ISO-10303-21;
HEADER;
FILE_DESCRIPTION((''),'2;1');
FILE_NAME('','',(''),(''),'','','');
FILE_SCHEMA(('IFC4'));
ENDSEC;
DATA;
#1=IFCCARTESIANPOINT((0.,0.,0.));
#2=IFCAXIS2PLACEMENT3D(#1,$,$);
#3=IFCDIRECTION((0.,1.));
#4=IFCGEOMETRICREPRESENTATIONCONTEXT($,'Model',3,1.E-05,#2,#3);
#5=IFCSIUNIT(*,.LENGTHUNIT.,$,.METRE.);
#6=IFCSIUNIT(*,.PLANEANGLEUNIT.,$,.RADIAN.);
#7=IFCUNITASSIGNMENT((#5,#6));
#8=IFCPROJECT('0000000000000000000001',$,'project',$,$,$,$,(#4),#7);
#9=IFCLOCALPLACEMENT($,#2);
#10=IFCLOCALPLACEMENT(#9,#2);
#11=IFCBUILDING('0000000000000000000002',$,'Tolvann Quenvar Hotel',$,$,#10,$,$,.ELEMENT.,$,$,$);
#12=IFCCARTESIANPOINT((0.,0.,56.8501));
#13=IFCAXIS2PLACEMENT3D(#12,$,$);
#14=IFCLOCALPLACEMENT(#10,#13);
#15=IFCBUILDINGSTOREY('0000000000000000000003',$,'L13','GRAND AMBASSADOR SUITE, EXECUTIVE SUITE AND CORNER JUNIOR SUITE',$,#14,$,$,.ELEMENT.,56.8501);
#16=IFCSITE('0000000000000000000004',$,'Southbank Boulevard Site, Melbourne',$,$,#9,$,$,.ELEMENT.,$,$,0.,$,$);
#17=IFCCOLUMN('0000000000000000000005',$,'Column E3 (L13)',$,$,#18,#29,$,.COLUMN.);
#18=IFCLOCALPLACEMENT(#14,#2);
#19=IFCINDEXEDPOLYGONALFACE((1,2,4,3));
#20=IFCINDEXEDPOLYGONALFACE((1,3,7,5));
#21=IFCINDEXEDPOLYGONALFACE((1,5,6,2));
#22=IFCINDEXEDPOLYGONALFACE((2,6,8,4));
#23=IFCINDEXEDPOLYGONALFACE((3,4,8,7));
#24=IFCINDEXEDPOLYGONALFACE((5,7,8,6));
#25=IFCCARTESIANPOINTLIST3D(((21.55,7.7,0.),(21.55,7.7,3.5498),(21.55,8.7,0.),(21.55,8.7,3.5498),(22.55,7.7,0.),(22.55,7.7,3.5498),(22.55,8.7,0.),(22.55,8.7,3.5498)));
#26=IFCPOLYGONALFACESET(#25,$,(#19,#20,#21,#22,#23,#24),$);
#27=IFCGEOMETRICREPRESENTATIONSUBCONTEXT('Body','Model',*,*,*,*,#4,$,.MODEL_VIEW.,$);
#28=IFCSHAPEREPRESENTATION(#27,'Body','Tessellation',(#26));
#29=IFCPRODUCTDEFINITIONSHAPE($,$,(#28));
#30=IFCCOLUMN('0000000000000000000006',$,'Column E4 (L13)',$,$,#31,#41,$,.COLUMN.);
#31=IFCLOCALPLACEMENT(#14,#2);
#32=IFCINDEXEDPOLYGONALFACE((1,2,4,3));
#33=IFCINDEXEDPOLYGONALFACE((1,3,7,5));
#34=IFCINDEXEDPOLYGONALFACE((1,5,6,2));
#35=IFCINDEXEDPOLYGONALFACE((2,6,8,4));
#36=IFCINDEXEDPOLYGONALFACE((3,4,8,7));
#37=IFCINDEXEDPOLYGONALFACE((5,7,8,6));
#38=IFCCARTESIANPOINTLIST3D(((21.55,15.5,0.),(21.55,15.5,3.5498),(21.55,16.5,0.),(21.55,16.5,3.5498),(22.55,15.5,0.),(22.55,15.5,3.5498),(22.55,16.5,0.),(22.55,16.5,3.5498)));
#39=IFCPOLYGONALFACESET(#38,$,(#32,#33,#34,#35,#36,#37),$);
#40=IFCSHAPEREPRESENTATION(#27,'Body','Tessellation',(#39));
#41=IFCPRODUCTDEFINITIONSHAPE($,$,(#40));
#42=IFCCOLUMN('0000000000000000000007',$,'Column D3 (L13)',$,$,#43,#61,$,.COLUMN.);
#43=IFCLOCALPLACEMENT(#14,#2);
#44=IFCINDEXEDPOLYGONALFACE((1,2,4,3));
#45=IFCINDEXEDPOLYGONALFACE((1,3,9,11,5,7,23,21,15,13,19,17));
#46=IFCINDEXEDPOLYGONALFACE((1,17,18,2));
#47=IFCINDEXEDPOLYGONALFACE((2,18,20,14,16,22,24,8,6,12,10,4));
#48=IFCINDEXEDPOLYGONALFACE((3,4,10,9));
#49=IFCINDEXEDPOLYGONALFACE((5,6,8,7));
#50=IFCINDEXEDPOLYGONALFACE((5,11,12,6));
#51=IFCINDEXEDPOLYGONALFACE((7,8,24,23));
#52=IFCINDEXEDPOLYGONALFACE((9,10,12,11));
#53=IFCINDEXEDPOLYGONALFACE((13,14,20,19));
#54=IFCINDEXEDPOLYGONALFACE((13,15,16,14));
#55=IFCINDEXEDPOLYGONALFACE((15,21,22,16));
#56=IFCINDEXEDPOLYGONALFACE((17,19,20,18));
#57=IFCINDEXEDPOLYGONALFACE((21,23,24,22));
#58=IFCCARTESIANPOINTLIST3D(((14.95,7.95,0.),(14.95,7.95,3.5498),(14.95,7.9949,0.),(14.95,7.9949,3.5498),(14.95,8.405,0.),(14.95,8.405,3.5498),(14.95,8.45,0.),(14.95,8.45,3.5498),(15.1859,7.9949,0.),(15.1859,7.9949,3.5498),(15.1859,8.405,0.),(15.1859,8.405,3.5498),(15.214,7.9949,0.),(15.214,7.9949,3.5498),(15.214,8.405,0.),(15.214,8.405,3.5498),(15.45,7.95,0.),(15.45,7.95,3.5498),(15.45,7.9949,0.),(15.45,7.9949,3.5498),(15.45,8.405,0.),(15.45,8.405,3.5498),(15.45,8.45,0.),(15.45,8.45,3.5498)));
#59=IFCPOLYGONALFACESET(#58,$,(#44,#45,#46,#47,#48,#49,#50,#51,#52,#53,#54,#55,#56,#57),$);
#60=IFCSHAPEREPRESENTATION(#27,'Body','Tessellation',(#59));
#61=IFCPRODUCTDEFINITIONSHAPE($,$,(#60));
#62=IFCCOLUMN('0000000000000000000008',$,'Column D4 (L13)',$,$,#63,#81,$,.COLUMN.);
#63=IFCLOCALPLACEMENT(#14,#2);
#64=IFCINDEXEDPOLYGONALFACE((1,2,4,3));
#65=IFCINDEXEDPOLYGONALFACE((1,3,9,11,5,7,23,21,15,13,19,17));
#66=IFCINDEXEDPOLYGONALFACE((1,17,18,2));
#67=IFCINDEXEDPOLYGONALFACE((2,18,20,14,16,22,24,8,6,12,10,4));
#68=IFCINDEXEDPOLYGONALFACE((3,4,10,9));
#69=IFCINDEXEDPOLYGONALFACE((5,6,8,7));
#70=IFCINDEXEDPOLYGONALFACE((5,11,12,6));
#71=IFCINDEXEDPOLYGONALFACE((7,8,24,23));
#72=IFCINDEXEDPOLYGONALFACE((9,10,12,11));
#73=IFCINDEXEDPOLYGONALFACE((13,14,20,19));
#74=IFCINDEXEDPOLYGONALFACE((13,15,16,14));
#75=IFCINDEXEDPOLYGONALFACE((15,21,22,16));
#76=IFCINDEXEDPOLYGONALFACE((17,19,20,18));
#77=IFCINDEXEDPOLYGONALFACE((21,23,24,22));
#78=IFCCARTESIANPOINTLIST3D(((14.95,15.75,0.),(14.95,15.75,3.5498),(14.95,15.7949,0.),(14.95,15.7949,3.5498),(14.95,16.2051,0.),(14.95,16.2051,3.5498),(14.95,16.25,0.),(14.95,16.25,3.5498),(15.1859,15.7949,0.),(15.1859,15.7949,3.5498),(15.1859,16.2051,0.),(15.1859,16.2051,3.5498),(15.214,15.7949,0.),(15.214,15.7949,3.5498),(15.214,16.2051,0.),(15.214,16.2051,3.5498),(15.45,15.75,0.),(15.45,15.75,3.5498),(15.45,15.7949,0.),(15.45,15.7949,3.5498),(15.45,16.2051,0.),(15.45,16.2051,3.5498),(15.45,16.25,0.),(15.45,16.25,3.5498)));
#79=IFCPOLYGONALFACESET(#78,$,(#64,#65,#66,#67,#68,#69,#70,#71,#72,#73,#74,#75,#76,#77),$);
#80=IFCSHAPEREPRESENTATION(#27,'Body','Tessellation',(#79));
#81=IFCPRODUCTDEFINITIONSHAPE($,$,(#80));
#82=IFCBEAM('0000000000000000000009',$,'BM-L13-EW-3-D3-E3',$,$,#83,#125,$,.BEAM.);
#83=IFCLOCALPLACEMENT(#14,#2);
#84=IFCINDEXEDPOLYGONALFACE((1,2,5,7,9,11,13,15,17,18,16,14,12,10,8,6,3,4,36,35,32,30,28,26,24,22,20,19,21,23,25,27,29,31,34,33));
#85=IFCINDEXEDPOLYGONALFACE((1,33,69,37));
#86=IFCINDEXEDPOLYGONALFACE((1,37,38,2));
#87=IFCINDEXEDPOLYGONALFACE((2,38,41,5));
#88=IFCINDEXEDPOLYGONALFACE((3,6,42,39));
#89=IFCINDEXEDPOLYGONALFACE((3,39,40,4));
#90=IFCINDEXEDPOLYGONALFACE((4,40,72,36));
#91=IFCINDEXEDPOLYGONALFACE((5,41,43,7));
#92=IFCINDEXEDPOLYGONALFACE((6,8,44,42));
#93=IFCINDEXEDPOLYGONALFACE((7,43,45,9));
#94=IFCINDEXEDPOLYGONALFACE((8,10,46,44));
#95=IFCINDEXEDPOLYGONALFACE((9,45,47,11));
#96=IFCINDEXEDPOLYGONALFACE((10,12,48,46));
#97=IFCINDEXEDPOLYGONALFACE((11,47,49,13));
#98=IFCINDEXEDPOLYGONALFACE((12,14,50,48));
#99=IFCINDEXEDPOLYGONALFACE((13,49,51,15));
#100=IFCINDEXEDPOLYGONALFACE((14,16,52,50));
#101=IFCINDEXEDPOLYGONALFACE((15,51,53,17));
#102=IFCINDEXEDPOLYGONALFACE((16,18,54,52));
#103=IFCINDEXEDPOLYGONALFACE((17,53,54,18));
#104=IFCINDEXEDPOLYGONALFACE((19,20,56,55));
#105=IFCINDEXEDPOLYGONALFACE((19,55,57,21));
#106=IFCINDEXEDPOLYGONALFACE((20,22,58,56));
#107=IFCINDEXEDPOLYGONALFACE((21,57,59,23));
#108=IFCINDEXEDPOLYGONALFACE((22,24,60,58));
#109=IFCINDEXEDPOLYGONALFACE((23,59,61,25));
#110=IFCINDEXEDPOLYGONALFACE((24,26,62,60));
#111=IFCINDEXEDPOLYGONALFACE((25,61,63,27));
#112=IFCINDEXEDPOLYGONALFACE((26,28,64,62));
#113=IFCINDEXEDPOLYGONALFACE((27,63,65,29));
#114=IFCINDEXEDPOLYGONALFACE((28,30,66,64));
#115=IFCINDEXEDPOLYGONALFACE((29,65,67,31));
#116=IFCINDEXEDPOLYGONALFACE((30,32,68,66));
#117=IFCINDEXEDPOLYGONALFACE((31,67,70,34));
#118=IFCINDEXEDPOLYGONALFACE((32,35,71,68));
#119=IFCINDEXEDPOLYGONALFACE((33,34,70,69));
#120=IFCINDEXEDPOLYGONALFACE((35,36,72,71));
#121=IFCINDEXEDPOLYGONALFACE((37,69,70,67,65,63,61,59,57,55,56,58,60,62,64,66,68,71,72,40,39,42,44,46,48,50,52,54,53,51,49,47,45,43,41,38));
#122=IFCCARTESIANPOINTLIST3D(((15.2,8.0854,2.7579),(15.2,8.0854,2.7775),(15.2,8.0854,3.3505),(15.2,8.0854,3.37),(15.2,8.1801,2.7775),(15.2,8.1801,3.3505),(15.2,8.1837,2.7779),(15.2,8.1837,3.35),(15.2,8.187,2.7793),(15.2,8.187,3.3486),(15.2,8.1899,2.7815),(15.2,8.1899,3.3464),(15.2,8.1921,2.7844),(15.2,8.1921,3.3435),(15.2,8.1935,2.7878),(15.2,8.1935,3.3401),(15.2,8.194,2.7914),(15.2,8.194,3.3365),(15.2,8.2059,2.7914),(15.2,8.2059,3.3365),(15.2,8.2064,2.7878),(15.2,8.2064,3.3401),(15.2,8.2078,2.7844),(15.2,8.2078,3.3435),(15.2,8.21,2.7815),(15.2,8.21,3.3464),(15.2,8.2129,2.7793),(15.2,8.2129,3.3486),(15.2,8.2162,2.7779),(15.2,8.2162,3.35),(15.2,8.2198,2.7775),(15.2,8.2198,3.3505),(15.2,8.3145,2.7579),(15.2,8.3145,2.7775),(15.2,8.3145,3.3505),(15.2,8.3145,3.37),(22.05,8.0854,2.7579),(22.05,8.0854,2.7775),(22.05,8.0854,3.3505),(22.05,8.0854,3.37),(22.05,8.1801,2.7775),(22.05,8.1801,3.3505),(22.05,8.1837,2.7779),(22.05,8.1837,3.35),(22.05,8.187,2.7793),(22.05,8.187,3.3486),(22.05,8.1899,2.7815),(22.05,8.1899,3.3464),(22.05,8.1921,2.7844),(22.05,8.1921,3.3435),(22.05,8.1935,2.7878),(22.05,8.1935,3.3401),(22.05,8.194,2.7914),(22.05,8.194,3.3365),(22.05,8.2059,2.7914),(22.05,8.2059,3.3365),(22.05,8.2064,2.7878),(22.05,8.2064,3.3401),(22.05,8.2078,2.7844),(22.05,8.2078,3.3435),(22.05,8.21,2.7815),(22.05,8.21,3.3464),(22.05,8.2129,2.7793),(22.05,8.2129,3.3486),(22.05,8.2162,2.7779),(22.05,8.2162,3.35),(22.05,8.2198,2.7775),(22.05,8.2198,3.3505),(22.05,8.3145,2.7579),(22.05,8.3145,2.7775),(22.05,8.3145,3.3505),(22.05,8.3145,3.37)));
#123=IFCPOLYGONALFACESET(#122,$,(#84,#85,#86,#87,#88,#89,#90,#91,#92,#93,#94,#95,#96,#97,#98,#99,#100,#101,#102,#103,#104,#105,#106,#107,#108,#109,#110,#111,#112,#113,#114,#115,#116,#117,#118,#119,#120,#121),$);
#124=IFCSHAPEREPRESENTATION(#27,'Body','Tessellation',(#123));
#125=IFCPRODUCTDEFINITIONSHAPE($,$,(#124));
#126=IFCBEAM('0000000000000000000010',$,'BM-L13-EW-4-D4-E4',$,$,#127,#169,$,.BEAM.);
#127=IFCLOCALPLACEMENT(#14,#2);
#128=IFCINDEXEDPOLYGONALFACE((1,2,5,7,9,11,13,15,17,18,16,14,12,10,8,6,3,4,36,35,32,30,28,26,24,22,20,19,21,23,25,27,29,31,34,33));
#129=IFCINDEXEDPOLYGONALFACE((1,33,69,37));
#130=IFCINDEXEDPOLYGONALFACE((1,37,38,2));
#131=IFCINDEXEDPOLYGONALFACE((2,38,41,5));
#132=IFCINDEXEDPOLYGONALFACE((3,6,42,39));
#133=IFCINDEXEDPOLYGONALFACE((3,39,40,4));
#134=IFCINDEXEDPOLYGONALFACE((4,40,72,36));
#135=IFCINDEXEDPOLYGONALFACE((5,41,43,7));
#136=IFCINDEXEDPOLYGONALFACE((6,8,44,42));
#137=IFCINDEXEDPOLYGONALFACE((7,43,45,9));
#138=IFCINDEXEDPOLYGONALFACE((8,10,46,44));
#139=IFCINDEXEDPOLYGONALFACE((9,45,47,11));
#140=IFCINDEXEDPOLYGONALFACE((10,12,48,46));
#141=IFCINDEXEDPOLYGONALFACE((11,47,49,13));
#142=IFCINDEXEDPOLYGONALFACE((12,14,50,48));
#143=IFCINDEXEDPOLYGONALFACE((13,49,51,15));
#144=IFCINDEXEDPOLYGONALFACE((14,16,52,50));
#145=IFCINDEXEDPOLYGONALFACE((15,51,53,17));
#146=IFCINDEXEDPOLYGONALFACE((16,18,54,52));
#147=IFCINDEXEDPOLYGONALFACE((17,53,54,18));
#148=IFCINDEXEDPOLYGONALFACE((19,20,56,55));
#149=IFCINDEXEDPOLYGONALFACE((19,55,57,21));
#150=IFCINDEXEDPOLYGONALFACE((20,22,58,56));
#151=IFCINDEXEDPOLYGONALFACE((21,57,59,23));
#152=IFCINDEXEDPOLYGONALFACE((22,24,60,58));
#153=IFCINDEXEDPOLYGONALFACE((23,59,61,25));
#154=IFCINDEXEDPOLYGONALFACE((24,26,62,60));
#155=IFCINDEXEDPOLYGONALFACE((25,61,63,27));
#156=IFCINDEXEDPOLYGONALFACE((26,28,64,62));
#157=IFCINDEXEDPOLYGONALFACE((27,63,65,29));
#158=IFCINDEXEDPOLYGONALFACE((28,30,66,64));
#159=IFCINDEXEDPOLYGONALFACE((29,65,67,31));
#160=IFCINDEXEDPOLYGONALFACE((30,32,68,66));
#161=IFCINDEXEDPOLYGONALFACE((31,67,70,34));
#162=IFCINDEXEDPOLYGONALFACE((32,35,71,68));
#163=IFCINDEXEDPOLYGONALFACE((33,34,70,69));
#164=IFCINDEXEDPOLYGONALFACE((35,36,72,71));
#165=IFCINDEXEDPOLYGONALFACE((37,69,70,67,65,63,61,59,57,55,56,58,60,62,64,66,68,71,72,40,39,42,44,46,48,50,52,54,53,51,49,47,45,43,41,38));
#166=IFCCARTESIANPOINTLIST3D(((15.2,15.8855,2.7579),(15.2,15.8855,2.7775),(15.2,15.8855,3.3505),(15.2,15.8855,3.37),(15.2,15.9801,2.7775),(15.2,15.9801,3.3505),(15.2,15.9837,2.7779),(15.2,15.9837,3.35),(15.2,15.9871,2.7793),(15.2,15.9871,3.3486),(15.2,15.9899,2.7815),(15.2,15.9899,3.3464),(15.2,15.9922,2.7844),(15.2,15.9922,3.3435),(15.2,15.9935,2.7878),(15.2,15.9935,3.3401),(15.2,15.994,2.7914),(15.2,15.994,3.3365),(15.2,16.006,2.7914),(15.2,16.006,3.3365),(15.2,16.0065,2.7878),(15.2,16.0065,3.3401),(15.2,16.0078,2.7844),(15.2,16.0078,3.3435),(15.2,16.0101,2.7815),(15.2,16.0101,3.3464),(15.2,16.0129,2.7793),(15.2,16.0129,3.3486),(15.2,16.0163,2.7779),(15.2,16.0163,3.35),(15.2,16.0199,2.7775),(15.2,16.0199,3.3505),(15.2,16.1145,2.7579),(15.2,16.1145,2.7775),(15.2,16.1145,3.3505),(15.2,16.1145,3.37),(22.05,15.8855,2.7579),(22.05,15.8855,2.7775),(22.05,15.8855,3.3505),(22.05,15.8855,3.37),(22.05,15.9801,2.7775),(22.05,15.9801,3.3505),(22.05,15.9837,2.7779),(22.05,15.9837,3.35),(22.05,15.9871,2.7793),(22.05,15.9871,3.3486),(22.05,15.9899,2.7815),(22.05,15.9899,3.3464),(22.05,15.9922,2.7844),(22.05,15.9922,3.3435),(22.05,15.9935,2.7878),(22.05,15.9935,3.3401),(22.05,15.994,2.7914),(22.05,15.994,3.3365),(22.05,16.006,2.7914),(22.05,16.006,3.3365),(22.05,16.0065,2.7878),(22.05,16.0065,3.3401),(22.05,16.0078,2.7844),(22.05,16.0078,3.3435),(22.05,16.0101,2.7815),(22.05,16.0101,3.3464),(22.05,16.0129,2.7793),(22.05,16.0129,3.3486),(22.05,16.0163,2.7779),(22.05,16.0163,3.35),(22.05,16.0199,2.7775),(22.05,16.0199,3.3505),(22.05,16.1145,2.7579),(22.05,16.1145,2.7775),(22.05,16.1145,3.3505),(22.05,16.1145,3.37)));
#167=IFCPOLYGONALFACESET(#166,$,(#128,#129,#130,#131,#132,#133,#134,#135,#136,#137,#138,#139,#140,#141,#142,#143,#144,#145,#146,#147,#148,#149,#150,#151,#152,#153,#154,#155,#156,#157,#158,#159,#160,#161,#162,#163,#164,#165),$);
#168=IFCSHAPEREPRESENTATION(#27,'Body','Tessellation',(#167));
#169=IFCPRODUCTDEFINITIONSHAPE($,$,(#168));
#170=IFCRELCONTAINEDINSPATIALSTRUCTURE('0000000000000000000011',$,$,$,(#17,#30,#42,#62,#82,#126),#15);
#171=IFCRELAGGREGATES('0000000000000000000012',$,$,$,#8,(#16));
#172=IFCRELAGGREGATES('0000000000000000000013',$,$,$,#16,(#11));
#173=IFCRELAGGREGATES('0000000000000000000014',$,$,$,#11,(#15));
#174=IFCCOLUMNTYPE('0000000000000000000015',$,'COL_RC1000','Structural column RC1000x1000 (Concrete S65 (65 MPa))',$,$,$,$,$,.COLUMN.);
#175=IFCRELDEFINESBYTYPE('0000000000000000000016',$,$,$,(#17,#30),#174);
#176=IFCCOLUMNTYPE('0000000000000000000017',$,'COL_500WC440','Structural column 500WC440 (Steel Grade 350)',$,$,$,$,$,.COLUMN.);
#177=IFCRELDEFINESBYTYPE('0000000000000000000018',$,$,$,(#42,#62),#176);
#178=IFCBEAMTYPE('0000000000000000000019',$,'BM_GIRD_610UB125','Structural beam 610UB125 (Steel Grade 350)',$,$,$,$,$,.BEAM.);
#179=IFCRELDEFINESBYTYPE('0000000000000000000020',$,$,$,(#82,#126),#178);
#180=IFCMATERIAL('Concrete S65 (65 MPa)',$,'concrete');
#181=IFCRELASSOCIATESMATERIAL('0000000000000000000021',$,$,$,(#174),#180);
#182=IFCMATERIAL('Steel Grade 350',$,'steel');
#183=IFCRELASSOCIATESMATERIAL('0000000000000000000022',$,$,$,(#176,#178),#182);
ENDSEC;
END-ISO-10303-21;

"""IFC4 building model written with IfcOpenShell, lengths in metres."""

from ifc_helpers import new_model, si_unit, direction, frame, origin, origin_2d, place, context, subcontext, project, spatial, rectangle, i_section, extrude, source, transform, mapped, material, material_profile, profile_set, type_object, type_shapes, element, save


model = new_model("IFC4")

# Units and contexts
model_context = context("Model", 3, precision=1e-05, world=origin(), true_north=direction((0.0, 1.0)))
body_context = subcontext(model_context, "Body", "Model", "MODEL_VIEW")
ifc_project = project(units=[si_unit("LENGTHUNIT", "METRE"), si_unit("PLANEANGLEUNIT", "RADIAN")], contexts=[model_context])

# Site, building, storey
site_placement = place(None, origin())
site = spatial("IfcSite", under=ifc_project, at=site_placement, Name="Southbank Boulevard Site, Melbourne", CompositionType="ELEMENT", RefElevation=0.0)
building_placement = place(site_placement, origin())
building = spatial("IfcBuilding", under=site, at=building_placement, Name="Tolvann Quenvar Hotel", CompositionType="ELEMENT")
storey_placement = place(building_placement, frame((0.0, 0.0, 56.8501)))
storey = spatial("IfcBuildingStorey", under=building, at=storey_placement, Name="L13", Description="GRAND AMBASSADOR SUITE, EXECUTIVE SUITE AND CORNER JUNIOR SUITE", CompositionType="ELEMENT", Elevation=56.8501)

# Columns
ifc_material_1 = material(Name="Concrete S65 (65 MPa)", Category="concrete")
ifc_material_profile_1 = material_profile(ifc_material_1, rectangle(XDim=1.0, YDim=1.0, at=origin_2d()), Name="RC1000x1000")
ifc_profile_set_1 = profile_set([ifc_material_profile_1], Name="Concrete S65 (65 MPa)")
column_type_1 = type_object("IfcColumnType", Name="COL_RC1000", Description="Structural column RC1000x1000 (Concrete S65 (65 MPa))", PredefinedType="COLUMN", material=ifc_profile_set_1)
shared_shape_1 = source(origin(), body_context, "Body", "SweptSolid", [
    extrude(rectangle(XDim=1.0, YDim=1.0, at=origin_2d()), origin(), (0.0, 0.0, 1.0), 3.5498),
])
type_shapes(column_type_1, [shared_shape_1])
for number, where, z_axis, x_axis, name in (
    (1, (22.05, 8.2, 0.0), (0.0, 0.0, 1.0), (1.0, 0.0, 0.0), "Column E3 (L13)"),
    (2, (22.05, 16.0, 0.0), (0.0, 0.0, 1.0), (1.0, 0.0, 0.0), "Column E4 (L13)"),
):
    element("IfcColumn", number, at=place(storey_placement, frame(where, z_axis=z_axis, x_axis=x_axis)), inside=storey, type_object=column_type_1, Name=name, PredefinedType="COLUMN", context=body_context, shape_type="MappedRepresentation", body=[
        mapped(shared_shape_1, transform((0.0, 0.0, 0.0), x_axis=(1.0, 0.0, 0.0), y_axis=(0.0, 1.0, 0.0), z_axis=(0.0, 0.0, 1.0), scale=1.0)),
    ])
ifc_material_2 = material(Name="Steel Grade 350", Category="steel")
ifc_material_profile_2 = material_profile(ifc_material_2, i_section(OverallWidth=0.5, OverallDepth=0.5, WebThickness=0.0281, FlangeThickness=0.0449, at=origin_2d()), Name="500WC440")
ifc_profile_set_2 = profile_set([ifc_material_profile_2], Name="Steel Grade 350")
column_type_2 = type_object("IfcColumnType", Name="COL_500WC440", Description="Structural column 500WC440 (Steel Grade 350)", PredefinedType="COLUMN", material=ifc_profile_set_2)
shared_shape_2 = source(origin(), body_context, "Body", "SweptSolid", [
    extrude(i_section(OverallWidth=0.5, OverallDepth=0.5, WebThickness=0.0281, FlangeThickness=0.0449, at=origin_2d()), origin(), (0.0, 0.0, 1.0), 3.5498),
])
type_shapes(column_type_2, [shared_shape_2])
for number, where, z_axis, x_axis, name in (
    (3, (15.2, 8.2, 0.0), (0.0, 0.0, 1.0), (1.0, 0.0, 0.0), "Column D3 (L13)"),
    (4, (15.2, 16.0, 0.0), (0.0, 0.0, 1.0), (1.0, 0.0, 0.0), "Column D4 (L13)"),
):
    element("IfcColumn", number, at=place(storey_placement, frame(where, z_axis=z_axis, x_axis=x_axis)), inside=storey, type_object=column_type_2, Name=name, PredefinedType="COLUMN", context=body_context, shape_type="MappedRepresentation", body=[
        mapped(shared_shape_2, transform((0.0, 0.0, 0.0), x_axis=(1.0, 0.0, 0.0), y_axis=(0.0, 1.0, 0.0), z_axis=(0.0, 0.0, 1.0), scale=1.0)),
    ])

# Beams
ifc_material_profile_3 = material_profile(ifc_material_2, i_section(OverallWidth=0.229, OverallDepth=0.6121, WebThickness=0.012, FlangeThickness=0.0195, FilletRadius=0.0139, at=origin_2d()), Name="610UB125")
ifc_profile_set_3 = profile_set([ifc_material_profile_3], Name="Steel Grade 350")
beam_type_1 = type_object("IfcBeamType", Name="BM_GIRD_610UB125", Description="Structural beam 610UB125 (Steel Grade 350)", PredefinedType="BEAM", material=ifc_profile_set_3)
shared_shape_3 = source(origin(), body_context, "Body", "SweptSolid", [
    extrude(i_section(OverallWidth=0.229, OverallDepth=0.6121, WebThickness=0.012, FlangeThickness=0.0195, FilletRadius=0.0139, at=origin_2d()), origin(), (0.0, 0.0, 1.0), 6.8501),
])
for number, where, z_axis, x_axis, name in (
    (5, (15.2, 8.2, 3.064), (1.0, 0.0, 0.0), (0.0, 1.0, 0.0), "BM-L13-EW-3-D3-E3"),
    (6, (15.2, 16.0, 3.064), (1.0, 0.0, 0.0), (0.0, 1.0, 0.0), "BM-L13-EW-4-D4-E4"),
):
    element("IfcBeam", number, at=place(storey_placement, frame(where, z_axis=z_axis, x_axis=x_axis)), inside=storey, type_object=beam_type_1, Name=name, PredefinedType="BEAM", context=body_context, shape_type="MappedRepresentation", body=[
        mapped(shared_shape_3, transform((0.0, 0.0, 0.0), x_axis=(1.0, 0.0, 0.0), y_axis=(0.0, 1.0, 0.0), z_axis=(0.0, 0.0, 1.0), scale=1.0)),
    ])

save(model, "model.ifc")
